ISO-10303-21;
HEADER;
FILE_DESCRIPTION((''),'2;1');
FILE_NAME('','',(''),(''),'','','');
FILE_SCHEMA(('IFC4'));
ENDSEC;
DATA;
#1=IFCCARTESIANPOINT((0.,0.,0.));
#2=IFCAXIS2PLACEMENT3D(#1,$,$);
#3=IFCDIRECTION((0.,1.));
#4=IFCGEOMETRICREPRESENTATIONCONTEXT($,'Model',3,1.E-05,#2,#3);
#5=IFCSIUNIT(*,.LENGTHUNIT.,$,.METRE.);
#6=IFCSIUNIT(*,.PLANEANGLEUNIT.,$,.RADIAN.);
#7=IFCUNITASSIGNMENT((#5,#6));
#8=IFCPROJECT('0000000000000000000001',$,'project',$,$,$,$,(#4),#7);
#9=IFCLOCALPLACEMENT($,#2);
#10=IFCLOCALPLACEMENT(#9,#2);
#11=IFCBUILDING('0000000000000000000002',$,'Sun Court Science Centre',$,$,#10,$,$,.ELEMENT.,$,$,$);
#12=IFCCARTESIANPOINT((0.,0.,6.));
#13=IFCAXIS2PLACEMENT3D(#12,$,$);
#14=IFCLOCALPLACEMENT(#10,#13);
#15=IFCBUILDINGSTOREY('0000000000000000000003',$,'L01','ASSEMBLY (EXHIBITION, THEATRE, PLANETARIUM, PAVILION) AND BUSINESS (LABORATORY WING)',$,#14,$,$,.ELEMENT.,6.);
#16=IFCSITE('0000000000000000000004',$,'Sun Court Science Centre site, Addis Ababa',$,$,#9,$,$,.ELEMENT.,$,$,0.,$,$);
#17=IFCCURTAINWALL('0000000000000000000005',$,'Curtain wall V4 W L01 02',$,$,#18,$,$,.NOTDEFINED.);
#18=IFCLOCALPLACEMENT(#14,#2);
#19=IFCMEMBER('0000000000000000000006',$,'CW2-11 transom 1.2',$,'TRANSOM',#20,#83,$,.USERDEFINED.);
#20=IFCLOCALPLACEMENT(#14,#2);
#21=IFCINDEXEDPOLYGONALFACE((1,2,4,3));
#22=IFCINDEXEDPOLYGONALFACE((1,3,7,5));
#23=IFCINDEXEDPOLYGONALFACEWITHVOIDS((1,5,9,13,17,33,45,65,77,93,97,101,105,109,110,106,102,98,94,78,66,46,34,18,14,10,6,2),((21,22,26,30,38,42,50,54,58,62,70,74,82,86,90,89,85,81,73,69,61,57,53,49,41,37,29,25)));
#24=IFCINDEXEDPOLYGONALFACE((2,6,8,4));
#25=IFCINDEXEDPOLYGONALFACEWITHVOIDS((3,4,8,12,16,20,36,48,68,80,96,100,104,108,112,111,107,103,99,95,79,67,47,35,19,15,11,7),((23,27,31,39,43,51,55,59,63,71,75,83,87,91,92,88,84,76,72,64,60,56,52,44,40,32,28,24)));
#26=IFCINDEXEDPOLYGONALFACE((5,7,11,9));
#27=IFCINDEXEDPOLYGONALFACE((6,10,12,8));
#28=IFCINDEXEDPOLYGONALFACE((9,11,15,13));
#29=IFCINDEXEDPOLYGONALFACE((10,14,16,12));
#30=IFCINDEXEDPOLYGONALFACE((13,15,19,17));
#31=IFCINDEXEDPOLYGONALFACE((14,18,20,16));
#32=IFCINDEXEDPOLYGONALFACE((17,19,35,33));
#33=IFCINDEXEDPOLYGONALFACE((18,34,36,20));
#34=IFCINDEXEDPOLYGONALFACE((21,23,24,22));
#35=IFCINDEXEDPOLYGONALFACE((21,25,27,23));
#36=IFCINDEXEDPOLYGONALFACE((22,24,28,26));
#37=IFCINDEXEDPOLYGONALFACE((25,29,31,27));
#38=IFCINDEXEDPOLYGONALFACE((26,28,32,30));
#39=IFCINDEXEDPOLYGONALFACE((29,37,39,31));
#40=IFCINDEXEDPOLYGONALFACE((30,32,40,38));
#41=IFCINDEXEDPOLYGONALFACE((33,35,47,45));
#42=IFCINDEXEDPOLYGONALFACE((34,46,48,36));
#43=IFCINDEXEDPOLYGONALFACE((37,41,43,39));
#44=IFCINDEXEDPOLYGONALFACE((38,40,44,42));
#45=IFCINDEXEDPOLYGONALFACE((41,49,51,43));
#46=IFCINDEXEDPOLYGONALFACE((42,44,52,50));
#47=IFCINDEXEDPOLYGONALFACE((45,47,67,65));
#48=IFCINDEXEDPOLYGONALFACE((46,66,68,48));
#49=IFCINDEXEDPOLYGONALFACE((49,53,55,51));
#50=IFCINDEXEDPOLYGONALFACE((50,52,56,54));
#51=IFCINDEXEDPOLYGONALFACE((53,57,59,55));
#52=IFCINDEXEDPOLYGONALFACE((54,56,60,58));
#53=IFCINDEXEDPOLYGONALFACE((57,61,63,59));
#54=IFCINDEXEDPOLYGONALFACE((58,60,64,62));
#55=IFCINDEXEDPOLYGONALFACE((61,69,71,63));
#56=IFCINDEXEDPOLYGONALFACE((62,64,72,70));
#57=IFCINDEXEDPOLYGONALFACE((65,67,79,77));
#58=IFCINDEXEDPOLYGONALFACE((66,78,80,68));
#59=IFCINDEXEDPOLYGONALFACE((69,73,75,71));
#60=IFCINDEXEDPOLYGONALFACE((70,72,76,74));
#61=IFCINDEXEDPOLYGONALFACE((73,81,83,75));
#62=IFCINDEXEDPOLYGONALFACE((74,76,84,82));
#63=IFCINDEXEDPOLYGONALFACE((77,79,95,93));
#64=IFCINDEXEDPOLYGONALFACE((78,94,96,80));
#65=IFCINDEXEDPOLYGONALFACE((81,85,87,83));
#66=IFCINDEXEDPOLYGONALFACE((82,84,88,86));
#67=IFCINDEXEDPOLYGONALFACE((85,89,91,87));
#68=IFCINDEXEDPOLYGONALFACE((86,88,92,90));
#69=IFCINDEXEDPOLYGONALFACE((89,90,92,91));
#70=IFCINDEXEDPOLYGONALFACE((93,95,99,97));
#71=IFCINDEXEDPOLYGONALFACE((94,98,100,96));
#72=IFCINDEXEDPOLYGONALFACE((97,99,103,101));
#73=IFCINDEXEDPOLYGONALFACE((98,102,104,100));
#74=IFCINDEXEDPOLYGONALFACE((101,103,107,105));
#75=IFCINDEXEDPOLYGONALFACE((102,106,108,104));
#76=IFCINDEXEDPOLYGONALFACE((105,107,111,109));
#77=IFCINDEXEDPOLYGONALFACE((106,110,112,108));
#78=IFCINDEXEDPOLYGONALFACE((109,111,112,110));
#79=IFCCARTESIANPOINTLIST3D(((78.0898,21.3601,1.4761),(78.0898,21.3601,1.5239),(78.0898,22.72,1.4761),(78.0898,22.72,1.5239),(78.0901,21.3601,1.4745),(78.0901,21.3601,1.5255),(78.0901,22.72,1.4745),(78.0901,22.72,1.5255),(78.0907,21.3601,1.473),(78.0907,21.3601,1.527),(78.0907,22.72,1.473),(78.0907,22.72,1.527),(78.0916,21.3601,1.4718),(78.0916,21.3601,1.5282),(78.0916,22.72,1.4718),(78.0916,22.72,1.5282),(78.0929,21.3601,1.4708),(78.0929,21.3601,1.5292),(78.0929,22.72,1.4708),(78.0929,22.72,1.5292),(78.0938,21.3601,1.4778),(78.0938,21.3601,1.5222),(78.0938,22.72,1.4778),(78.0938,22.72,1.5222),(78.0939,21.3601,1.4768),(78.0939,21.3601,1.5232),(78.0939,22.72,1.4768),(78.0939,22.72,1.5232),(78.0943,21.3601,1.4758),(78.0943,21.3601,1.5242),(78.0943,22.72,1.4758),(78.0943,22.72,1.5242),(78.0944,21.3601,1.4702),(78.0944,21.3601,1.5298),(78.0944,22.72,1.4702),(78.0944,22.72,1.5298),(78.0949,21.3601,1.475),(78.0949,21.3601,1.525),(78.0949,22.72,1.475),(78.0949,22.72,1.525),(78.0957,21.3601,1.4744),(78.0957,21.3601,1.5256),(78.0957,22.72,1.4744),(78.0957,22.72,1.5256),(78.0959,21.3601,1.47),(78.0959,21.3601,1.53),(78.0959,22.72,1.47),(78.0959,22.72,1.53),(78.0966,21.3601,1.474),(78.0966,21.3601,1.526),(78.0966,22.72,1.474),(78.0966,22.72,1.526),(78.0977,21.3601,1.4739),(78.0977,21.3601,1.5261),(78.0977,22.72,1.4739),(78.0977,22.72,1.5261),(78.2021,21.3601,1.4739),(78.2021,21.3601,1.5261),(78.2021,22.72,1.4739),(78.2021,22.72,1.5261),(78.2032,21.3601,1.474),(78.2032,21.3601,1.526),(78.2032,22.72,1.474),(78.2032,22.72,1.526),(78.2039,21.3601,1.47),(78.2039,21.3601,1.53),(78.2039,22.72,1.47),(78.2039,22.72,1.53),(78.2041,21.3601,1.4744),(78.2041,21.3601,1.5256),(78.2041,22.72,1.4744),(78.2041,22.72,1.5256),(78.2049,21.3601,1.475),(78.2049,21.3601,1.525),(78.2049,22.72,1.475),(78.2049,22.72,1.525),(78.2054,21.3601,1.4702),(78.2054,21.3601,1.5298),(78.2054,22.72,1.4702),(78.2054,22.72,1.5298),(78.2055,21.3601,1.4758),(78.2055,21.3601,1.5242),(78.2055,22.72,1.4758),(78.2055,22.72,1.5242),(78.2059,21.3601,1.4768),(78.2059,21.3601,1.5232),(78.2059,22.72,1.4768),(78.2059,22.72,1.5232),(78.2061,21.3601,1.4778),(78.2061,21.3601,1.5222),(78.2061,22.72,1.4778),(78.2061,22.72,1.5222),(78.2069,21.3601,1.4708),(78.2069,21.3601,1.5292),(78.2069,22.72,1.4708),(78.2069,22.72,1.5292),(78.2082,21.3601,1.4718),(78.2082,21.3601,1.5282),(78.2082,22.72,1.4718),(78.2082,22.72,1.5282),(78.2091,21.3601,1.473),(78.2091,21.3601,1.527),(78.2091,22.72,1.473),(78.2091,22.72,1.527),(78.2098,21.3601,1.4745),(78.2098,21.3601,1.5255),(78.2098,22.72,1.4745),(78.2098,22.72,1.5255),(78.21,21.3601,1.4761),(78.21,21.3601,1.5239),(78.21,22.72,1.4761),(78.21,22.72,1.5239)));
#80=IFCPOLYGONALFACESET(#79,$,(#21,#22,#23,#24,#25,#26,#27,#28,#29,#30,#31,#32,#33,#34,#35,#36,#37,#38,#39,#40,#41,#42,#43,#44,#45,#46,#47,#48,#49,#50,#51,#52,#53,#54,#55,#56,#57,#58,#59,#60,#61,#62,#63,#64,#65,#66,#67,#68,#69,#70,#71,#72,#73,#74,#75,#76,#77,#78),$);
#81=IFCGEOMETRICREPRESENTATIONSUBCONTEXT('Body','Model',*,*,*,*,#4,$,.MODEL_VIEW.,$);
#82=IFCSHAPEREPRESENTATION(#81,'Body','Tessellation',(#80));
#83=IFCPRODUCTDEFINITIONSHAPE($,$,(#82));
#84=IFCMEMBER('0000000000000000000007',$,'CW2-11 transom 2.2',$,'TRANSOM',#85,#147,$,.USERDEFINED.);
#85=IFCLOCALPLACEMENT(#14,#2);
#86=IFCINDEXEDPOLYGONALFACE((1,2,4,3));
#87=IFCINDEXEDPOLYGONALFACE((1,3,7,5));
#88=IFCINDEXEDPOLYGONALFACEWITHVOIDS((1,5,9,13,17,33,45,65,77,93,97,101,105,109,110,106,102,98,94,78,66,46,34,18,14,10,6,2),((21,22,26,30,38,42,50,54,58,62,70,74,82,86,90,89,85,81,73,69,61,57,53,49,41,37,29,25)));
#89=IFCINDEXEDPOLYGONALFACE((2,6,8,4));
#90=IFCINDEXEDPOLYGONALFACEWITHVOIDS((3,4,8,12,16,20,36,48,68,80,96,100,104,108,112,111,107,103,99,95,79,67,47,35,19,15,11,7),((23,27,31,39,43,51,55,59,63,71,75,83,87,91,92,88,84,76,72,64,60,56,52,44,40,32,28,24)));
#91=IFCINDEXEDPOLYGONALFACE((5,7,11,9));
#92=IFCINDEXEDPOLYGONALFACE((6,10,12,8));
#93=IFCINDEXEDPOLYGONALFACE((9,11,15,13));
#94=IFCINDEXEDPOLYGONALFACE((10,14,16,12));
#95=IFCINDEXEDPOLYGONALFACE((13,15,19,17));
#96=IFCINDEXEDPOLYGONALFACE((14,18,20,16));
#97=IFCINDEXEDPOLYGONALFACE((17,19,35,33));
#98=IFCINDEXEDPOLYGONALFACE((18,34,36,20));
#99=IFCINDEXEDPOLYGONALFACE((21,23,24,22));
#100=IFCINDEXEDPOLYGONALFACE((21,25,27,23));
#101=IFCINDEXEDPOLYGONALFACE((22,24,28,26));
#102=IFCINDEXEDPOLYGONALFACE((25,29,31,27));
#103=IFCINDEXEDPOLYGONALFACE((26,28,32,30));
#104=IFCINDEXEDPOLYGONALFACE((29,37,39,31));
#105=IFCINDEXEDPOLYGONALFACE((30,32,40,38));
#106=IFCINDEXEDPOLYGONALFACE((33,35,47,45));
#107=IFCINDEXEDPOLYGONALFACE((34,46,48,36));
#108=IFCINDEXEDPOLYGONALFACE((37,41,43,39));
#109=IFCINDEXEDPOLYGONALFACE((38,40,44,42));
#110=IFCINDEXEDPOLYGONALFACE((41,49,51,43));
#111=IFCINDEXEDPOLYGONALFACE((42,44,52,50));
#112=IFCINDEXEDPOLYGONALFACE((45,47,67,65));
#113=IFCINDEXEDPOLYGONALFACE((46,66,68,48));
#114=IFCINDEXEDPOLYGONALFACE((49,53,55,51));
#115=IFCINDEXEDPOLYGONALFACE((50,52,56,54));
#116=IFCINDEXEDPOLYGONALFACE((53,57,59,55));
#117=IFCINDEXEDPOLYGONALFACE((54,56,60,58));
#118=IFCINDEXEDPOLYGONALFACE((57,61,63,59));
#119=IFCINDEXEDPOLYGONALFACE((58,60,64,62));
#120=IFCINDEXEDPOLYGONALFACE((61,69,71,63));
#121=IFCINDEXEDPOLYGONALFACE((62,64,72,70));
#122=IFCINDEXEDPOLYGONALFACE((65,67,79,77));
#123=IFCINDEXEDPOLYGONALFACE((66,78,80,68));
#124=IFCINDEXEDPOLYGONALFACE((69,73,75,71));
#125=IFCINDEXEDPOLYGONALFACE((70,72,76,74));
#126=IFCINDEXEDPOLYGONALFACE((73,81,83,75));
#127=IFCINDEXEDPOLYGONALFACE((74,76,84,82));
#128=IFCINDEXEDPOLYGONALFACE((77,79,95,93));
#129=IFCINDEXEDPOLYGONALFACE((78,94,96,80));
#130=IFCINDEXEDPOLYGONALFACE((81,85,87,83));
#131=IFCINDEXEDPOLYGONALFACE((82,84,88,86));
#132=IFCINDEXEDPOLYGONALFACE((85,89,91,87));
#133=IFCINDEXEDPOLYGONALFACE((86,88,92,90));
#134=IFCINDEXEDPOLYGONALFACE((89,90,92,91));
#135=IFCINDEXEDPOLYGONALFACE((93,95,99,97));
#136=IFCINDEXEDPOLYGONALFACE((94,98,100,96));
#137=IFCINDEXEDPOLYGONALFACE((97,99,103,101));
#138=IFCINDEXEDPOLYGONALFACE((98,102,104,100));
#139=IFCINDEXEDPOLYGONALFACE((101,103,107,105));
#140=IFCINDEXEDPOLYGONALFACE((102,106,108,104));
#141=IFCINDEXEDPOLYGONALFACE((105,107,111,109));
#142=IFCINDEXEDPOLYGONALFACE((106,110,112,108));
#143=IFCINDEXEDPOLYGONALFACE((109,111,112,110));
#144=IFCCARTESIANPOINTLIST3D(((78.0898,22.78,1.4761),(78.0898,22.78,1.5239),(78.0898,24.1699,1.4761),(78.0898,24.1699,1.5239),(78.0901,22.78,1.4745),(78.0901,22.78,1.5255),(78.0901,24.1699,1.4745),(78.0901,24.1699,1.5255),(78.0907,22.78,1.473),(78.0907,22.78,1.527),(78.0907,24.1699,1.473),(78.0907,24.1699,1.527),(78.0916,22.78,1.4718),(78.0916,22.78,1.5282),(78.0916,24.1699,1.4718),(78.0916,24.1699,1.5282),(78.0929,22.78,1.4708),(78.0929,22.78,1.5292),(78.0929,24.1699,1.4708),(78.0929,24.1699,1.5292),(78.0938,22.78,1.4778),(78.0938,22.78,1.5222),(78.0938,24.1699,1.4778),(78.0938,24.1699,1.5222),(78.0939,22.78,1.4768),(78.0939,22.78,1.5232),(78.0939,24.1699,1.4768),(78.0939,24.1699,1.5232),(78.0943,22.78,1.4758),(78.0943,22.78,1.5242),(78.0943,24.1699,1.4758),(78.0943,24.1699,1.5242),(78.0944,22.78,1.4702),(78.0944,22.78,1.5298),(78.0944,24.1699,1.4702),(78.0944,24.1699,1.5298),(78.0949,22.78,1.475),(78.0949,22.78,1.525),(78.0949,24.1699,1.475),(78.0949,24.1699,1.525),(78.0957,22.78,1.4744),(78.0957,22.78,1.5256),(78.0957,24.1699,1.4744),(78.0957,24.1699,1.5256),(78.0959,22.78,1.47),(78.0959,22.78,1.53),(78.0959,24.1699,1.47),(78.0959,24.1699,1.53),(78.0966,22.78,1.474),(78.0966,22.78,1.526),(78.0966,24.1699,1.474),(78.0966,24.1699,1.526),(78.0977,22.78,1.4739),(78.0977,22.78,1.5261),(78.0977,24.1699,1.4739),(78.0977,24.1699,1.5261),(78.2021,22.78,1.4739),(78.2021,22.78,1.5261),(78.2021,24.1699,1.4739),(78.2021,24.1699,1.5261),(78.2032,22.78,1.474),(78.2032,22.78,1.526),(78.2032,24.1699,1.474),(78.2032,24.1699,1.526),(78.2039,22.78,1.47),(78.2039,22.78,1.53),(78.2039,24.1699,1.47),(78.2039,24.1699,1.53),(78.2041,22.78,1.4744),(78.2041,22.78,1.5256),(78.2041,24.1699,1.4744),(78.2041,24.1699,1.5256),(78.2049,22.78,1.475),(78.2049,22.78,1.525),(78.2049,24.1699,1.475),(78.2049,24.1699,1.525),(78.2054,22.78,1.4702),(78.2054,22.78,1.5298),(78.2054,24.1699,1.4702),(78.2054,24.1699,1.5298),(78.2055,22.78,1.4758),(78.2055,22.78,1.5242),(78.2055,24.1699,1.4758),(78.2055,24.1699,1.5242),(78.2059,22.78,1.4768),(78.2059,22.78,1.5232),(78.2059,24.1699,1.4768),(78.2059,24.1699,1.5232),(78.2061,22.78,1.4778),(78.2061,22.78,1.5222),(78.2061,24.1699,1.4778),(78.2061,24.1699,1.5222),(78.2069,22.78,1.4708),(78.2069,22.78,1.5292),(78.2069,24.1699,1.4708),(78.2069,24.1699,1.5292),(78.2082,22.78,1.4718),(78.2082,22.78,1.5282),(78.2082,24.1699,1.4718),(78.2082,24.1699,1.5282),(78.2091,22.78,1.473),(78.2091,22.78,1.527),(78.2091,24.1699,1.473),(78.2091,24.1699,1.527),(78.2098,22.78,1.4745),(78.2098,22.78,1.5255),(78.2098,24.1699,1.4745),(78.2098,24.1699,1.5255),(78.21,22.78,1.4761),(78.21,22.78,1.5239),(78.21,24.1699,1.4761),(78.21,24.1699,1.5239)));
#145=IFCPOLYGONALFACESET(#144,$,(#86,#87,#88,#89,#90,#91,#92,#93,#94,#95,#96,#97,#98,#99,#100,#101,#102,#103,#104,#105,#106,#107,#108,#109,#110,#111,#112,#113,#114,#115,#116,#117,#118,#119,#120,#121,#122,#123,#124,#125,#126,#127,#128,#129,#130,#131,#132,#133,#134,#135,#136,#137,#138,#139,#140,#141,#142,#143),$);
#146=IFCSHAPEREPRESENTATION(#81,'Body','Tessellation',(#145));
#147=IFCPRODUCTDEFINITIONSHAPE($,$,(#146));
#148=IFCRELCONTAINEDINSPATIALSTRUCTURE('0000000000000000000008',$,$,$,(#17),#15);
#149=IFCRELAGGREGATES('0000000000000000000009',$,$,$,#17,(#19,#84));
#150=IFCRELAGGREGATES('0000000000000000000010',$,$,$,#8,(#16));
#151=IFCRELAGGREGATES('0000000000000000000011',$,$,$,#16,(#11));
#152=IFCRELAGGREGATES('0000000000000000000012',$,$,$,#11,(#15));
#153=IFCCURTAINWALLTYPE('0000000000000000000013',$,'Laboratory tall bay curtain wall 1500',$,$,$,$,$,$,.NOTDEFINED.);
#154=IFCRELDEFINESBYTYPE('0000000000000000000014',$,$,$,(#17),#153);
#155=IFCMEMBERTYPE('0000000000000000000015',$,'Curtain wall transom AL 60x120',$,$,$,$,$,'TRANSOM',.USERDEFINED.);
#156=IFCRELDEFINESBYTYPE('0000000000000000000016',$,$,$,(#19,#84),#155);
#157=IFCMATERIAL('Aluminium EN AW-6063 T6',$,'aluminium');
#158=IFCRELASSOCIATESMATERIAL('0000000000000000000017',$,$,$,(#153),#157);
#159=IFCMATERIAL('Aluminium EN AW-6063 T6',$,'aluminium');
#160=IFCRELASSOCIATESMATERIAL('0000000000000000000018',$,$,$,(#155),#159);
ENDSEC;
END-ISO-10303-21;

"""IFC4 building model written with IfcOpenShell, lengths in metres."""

from ifc_helpers import new_model, si_unit, direction, frame, origin, origin_2d, place, context, subcontext, project, spatial, hollow_rectangle, extrude, material, material_profile, profile_set, type_object, element, aggregate, save


model = new_model("IFC4")

# Units and contexts
model_context = context("Model", 3, precision=1e-05, world=origin(), true_north=direction((0.0, 1.0)))
body_context = subcontext(model_context, "Body", "Model", "MODEL_VIEW")
ifc_project = project(units=[si_unit("LENGTHUNIT", "METRE"), si_unit("PLANEANGLEUNIT", "RADIAN")], contexts=[model_context])

# Site, building, storey
site_placement = place(None, origin())
site = spatial("IfcSite", under=ifc_project, at=site_placement, Name="Sun Court Science Centre site, Addis Ababa", CompositionType="ELEMENT", RefElevation=0.0)
building_placement = place(site_placement, origin())
building = spatial("IfcBuilding", under=site, at=building_placement, Name="Sun Court Science Centre", CompositionType="ELEMENT")
storey_placement = place(building_placement, frame((0.0, 0.0, 6.0)))
storey = spatial("IfcBuildingStorey", under=building, at=storey_placement, Name="L01", Description="ASSEMBLY (EXHIBITION, THEATRE, PLANETARIUM, PAVILION) AND BUSINESS (LABORATORY WING)", CompositionType="ELEMENT", Elevation=6.0)

# Curtain wall
ifc_material_1 = material(Name="Aluminium EN AW-6063 T6", Category="aluminium")
curtain_wall_type = type_object("IfcCurtainWallType", Name="Laboratory tall bay curtain wall 1500", PredefinedType="NOTDEFINED", material=ifc_material_1)
curtain_wall_1_placement = place(storey_placement, origin())
curtain_wall_1 = element("IfcCurtainWall", 1, at=curtain_wall_1_placement, inside=storey, type_object=curtain_wall_type, Name="Curtain wall V4 W L01 02", PredefinedType="NOTDEFINED")

# Members
ifc_material_2 = material(Name="Aluminium EN AW-6063 T6", Category="aluminium")
ifc_material_profile_1 = material_profile(ifc_material_2, hollow_rectangle(XDim=0.0601, YDim=0.1201, WallThickness=0.0039, InnerFilletRadius=0.0039, OuterFilletRadius=0.0061, at=origin_2d()), Name="AL 60x120x4")
ifc_profile_set_1 = profile_set([ifc_material_profile_1], Name="Aluminium EN AW-6063 T6")
member_type_1 = type_object("IfcMemberType", Name="Curtain wall transom AL 60x120", ElementType="TRANSOM", PredefinedType="USERDEFINED", material=ifc_profile_set_1)
member_1_placement = place(storey_placement, frame((78.1499, 21.3601, 1.5), z_axis=(0.0, 1.0, 0.0), x_axis=(0.0, 0.0, 1.0)))
member_1 = element("IfcMember", 2, at=member_1_placement, type_object=member_type_1, Name="CW2-11 transom 1.2", ObjectType="TRANSOM", PredefinedType="USERDEFINED", context=body_context, shape_type="SweptSolid", body=[
    extrude(hollow_rectangle(XDim=0.0601, YDim=0.1201, WallThickness=0.0039, InnerFilletRadius=0.0039, OuterFilletRadius=0.0061, at=origin_2d()), origin(), (0.0, 0.0, 1.0), 1.3599),
])
member_2_placement = place(storey_placement, frame((78.1499, 22.78, 1.5), z_axis=(0.0, 1.0, 0.0), x_axis=(0.0, 0.0, 1.0)))
member_2 = element("IfcMember", 3, at=member_2_placement, type_object=member_type_1, Name="CW2-11 transom 2.2", ObjectType="TRANSOM", PredefinedType="USERDEFINED", context=body_context, shape_type="SweptSolid", body=[
    extrude(hollow_rectangle(XDim=0.0601, YDim=0.1201, WallThickness=0.0039, InnerFilletRadius=0.0039, OuterFilletRadius=0.0061, at=origin_2d()), origin(), (0.0, 0.0, 1.0), 1.3899),
])

aggregate(curtain_wall_1, [member_1, member_2])

save(model, "model.ifc")
